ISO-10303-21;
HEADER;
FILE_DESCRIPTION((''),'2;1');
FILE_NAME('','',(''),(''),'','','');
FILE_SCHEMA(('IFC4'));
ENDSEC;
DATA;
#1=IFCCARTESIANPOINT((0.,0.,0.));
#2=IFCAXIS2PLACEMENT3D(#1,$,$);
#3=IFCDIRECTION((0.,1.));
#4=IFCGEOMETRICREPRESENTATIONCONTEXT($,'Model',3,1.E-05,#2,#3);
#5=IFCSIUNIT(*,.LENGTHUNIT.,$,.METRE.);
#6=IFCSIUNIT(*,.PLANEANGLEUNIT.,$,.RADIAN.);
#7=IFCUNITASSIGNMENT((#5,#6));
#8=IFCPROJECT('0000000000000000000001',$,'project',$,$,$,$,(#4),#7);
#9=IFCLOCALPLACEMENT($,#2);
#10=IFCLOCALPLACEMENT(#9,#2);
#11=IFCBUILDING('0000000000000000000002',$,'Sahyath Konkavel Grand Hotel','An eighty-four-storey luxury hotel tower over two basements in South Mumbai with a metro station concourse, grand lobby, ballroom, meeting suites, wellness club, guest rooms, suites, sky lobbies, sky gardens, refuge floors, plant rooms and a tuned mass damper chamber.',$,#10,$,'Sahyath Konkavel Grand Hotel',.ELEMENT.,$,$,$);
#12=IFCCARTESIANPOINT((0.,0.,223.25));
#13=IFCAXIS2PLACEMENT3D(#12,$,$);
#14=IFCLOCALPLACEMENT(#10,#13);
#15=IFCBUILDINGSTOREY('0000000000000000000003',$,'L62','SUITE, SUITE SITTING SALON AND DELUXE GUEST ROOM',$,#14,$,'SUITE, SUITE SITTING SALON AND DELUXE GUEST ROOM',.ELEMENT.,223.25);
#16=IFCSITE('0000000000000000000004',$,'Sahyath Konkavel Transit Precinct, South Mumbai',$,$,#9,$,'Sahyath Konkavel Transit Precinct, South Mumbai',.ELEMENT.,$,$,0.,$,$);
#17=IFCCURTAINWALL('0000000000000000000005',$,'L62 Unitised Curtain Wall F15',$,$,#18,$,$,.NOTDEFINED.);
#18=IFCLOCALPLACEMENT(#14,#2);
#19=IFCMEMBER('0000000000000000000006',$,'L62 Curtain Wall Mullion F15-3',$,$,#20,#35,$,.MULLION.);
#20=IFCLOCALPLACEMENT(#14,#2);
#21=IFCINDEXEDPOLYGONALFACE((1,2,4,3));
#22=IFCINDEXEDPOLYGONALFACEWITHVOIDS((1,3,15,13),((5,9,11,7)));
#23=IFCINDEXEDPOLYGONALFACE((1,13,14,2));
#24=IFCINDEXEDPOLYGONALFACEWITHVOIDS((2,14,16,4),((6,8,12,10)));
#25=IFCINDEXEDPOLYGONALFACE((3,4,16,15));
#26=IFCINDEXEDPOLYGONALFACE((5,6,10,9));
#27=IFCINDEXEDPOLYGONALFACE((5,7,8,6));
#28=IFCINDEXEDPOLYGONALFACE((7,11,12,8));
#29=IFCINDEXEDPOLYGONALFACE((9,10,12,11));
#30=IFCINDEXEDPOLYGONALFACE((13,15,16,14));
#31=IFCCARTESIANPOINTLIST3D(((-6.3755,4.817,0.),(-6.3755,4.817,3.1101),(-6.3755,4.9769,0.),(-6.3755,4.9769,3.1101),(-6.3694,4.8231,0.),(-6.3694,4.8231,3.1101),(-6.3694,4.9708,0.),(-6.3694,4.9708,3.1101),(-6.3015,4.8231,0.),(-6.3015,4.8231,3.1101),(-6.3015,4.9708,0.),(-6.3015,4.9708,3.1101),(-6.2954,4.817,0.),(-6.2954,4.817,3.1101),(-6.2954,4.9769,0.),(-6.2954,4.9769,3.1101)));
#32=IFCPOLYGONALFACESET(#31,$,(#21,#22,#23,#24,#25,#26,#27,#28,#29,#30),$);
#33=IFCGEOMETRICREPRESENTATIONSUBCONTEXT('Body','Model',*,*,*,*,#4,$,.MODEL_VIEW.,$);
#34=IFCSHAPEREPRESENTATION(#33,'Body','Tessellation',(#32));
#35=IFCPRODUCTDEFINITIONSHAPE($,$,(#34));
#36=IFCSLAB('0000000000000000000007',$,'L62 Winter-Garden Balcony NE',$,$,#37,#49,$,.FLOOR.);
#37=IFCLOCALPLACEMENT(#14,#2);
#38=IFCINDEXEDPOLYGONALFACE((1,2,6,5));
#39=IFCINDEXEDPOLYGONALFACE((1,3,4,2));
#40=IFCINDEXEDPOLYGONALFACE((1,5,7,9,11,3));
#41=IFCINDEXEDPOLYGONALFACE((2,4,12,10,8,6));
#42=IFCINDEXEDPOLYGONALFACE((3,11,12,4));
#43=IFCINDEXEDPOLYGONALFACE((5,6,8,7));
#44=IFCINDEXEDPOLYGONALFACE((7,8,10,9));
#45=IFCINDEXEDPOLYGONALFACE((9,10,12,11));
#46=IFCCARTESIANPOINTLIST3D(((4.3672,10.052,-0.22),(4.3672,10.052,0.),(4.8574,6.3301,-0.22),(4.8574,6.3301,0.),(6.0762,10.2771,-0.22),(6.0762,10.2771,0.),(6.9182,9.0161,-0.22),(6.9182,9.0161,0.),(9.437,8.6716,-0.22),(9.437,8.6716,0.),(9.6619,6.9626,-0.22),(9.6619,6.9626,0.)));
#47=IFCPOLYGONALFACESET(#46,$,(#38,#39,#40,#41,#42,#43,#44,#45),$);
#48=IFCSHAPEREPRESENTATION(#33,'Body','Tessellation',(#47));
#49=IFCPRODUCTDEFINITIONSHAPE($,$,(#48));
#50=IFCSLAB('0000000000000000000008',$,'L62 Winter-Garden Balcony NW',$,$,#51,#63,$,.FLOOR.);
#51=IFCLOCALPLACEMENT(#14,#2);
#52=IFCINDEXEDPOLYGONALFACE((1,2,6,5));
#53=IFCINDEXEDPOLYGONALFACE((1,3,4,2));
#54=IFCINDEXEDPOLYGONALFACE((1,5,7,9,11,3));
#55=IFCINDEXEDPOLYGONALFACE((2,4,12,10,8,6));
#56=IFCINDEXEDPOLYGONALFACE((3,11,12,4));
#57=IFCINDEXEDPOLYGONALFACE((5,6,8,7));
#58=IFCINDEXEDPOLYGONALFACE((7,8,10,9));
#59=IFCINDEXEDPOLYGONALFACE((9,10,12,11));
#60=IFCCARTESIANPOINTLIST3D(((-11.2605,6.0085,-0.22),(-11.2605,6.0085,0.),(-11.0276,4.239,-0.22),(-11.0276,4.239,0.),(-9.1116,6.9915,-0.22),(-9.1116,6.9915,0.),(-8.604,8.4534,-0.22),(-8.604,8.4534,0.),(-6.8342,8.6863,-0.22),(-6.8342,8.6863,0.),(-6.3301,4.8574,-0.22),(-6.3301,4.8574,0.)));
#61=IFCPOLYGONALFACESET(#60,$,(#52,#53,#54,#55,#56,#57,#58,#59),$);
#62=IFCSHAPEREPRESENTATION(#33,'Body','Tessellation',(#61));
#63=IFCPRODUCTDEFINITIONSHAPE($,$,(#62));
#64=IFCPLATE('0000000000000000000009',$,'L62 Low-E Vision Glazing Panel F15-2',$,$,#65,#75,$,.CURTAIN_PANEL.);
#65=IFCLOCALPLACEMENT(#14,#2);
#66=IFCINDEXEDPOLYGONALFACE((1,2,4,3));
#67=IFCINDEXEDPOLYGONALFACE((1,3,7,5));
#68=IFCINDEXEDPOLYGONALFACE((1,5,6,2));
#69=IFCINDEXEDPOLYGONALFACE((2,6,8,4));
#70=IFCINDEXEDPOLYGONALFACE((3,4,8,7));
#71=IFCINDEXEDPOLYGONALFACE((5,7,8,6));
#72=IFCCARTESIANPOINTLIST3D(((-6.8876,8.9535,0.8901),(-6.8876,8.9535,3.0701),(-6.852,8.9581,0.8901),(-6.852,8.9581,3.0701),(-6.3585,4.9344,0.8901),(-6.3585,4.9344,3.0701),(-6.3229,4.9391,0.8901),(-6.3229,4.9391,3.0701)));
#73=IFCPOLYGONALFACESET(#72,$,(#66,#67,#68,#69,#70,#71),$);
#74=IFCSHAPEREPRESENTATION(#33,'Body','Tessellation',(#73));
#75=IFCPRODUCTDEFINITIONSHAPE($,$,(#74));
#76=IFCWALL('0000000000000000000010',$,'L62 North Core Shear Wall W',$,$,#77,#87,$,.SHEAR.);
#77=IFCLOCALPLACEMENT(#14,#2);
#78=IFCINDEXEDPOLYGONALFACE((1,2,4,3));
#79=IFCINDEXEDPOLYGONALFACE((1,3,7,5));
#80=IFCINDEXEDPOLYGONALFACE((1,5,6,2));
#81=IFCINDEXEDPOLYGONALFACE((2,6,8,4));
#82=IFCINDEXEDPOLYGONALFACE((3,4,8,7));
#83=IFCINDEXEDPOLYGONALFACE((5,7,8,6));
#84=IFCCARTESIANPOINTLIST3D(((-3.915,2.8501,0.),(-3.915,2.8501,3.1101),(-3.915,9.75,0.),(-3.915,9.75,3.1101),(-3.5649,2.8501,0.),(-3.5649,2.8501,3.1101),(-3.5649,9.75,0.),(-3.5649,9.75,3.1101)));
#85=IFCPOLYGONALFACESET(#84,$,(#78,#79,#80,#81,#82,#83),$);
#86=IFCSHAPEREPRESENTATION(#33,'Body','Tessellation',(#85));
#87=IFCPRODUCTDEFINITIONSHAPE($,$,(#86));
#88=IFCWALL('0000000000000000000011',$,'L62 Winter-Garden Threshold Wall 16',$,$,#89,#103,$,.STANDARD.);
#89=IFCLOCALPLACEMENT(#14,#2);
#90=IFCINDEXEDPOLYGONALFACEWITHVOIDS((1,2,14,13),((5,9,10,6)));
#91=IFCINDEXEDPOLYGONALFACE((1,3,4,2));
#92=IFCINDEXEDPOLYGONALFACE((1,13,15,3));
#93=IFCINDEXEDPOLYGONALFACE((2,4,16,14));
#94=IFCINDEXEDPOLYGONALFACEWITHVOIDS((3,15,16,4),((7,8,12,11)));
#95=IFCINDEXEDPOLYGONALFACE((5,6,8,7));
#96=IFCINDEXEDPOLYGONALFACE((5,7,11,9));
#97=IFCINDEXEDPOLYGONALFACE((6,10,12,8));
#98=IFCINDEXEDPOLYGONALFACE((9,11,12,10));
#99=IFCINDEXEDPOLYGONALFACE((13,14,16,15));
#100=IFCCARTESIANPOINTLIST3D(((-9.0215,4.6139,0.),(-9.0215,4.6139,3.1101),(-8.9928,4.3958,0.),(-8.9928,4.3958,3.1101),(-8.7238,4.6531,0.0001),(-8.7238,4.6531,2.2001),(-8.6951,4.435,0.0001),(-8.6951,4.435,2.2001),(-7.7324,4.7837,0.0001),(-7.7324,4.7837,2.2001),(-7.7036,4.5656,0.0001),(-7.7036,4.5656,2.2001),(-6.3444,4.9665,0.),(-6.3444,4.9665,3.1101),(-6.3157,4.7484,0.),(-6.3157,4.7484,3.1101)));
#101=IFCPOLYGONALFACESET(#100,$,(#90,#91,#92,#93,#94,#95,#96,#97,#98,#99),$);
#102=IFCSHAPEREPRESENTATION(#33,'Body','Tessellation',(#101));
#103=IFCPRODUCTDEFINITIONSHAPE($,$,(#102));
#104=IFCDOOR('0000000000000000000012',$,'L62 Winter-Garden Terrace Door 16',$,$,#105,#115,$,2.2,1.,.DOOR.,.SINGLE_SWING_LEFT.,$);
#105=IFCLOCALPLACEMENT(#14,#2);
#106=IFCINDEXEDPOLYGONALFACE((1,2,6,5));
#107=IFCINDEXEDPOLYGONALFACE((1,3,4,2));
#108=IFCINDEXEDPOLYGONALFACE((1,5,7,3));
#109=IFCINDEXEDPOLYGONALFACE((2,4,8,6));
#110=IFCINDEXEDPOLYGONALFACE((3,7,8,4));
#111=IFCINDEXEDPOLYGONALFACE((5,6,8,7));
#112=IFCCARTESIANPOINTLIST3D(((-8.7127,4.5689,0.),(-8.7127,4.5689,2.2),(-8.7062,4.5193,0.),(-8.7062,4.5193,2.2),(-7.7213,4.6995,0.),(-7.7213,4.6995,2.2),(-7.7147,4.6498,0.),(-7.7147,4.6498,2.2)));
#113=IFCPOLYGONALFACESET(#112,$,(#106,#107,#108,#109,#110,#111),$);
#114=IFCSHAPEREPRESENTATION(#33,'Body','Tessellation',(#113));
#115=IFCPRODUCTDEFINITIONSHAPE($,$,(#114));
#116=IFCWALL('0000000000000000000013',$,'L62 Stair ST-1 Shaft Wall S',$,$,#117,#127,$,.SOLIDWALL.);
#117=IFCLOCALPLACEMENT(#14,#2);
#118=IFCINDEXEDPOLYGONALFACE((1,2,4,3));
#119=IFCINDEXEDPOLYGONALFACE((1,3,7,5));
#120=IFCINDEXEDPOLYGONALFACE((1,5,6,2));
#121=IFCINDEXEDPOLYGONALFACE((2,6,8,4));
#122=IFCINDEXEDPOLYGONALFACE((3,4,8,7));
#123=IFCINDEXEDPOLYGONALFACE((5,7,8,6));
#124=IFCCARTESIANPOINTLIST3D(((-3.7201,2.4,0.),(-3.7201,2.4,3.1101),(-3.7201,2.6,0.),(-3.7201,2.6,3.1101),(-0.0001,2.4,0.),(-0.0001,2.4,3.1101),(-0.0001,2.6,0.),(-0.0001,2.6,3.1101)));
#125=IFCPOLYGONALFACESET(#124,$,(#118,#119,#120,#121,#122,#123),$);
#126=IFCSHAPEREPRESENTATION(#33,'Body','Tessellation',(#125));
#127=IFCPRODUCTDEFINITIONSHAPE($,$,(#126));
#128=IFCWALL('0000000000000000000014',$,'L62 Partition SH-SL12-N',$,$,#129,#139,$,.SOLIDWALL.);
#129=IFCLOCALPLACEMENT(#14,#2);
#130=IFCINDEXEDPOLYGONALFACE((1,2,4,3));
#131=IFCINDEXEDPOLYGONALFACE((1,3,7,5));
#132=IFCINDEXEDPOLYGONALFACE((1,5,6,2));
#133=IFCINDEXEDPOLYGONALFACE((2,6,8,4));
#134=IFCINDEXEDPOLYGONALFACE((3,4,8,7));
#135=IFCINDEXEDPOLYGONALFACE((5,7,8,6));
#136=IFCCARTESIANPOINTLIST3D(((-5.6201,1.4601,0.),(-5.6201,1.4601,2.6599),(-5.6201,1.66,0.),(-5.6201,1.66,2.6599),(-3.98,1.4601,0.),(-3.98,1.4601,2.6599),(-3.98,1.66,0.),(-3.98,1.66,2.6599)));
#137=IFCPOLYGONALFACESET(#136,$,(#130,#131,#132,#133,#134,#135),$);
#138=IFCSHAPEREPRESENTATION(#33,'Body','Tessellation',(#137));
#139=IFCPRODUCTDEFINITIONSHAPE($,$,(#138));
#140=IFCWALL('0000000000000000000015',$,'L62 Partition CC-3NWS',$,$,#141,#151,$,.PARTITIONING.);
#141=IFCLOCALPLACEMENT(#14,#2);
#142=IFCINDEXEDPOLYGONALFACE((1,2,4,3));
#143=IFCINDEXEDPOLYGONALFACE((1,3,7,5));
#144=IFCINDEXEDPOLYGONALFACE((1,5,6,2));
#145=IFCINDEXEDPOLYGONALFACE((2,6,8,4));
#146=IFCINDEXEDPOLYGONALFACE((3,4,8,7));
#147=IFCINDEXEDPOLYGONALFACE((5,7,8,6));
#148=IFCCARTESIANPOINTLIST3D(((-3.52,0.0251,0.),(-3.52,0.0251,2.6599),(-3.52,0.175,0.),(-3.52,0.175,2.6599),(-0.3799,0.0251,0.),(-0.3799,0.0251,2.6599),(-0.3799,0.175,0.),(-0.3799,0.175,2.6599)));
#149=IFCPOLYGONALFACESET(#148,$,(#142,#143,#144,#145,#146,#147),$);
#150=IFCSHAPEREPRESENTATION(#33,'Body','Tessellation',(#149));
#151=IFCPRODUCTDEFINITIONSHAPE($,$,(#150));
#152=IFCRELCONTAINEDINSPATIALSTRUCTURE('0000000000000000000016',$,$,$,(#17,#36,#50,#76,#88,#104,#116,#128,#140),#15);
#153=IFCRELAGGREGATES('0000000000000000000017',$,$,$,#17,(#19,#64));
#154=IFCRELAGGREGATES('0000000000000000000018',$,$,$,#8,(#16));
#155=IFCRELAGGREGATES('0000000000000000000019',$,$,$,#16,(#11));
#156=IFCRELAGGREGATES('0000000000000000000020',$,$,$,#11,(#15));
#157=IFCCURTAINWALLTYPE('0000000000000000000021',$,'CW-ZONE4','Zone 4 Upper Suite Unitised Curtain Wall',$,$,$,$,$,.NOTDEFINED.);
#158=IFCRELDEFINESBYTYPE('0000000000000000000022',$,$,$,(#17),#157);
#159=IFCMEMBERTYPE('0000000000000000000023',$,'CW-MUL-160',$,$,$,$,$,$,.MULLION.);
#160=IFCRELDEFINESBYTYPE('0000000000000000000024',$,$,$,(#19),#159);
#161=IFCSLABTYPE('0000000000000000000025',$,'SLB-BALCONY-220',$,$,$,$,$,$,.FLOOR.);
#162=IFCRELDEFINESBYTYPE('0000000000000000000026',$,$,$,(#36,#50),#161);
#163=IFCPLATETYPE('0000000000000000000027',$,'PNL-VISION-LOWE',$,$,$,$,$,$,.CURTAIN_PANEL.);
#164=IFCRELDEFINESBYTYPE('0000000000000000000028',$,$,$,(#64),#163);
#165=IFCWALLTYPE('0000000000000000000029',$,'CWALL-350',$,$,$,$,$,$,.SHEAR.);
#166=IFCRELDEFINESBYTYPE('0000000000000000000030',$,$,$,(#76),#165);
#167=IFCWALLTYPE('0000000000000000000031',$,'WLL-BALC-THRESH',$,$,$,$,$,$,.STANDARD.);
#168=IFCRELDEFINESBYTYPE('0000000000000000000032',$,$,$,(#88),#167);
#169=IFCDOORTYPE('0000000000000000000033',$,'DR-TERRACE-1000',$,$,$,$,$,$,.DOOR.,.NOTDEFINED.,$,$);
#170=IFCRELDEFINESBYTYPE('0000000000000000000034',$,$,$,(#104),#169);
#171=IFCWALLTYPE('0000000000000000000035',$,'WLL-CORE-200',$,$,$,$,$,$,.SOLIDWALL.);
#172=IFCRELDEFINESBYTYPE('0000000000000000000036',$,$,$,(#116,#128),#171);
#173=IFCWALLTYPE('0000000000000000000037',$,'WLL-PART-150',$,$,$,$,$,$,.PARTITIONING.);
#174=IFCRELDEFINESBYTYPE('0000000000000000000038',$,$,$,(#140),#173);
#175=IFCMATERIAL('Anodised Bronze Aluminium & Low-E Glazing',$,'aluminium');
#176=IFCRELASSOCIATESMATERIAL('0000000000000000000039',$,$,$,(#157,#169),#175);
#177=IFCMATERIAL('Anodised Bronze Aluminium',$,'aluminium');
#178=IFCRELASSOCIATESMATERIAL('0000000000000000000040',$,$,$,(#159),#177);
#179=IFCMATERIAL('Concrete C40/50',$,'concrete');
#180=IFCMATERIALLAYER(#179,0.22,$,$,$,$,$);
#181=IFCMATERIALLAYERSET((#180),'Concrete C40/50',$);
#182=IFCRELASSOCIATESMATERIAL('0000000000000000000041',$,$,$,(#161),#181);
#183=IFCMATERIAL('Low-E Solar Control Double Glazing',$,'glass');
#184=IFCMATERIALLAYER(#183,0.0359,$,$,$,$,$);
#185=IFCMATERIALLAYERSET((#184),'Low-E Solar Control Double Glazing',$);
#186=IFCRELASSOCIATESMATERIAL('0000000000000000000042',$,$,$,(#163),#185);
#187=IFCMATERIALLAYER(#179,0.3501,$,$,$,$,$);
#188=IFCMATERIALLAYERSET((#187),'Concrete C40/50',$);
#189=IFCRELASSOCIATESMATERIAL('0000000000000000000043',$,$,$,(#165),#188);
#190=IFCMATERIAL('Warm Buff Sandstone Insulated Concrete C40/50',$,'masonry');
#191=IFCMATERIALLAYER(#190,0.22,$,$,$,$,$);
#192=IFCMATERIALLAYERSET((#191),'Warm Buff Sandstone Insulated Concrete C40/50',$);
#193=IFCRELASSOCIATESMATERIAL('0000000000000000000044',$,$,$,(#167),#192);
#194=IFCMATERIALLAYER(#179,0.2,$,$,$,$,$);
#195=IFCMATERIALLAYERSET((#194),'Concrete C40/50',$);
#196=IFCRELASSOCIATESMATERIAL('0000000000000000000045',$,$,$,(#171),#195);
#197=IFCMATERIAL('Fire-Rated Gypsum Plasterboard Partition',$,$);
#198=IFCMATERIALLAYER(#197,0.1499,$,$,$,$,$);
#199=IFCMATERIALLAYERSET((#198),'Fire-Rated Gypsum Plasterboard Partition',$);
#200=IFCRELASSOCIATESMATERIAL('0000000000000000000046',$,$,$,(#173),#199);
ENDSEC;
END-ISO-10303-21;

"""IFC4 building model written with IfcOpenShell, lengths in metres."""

from ifc_helpers import new_model, si_unit, direction, frame, frame_2d, origin, origin_2d, place, context, subcontext, project, spatial, polyline, rectangle, hollow_rectangle, outline, extrude, source, transform, mapped, material, layer, layer_set, material_profile, profile_set, type_object, element, fill, aggregate, save


model = new_model("IFC4")

# Units and contexts
model_context = context("Model", 3, precision=1e-05, world=origin(), true_north=direction((0.0, 1.0)))
body_context = subcontext(model_context, "Body", "Model", "MODEL_VIEW")
ifc_project = project(units=[si_unit("LENGTHUNIT", "METRE"), si_unit("PLANEANGLEUNIT", "RADIAN")], contexts=[model_context])

# Site, building, storey
site_placement = place(None, origin())
site = spatial("IfcSite", under=ifc_project, at=site_placement, Name="Sahyath Konkavel Transit Precinct, South Mumbai", LongName="Sahyath Konkavel Transit Precinct, South Mumbai", CompositionType="ELEMENT", RefElevation=0.0)
building_placement = place(site_placement, origin())
building = spatial("IfcBuilding", under=site, at=building_placement, Name="Sahyath Konkavel Grand Hotel", Description="An eighty-four-storey luxury hotel tower over two basements in South Mumbai with a metro station concourse, grand lobby, ballroom, meeting suites, wellness club, guest rooms, suites, sky lobbies, sky gardens, refuge floors, plant rooms and a tuned mass damper chamber.", LongName="Sahyath Konkavel Grand Hotel", CompositionType="ELEMENT")
storey_placement = place(building_placement, frame((0.0, 0.0, 223.25)))
storey = spatial("IfcBuildingStorey", under=building, at=storey_placement, Name="L62", Description="SUITE, SUITE SITTING SALON AND DELUXE GUEST ROOM", LongName="SUITE, SUITE SITTING SALON AND DELUXE GUEST ROOM", CompositionType="ELEMENT", Elevation=223.25)

# Shared definitions
ifc_material_1 = material(Name="Concrete C40/50", Category="concrete")

# Curtain wall, member
ifc_material_2 = material(Name="Anodised Bronze Aluminium & Low-E Glazing", Category="aluminium")
curtain_wall_type = type_object("IfcCurtainWallType", Name="CW-ZONE4", Description="Zone 4 Upper Suite Unitised Curtain Wall", PredefinedType="NOTDEFINED", material=ifc_material_2)
curtain_wall_placement = place(storey_placement, origin())
curtain_wall = element("IfcCurtainWall", 1, at=curtain_wall_placement, inside=storey, type_object=curtain_wall_type, Name="L62 Unitised Curtain Wall F15", PredefinedType="NOTDEFINED")
ifc_material_3 = material(Name="Anodised Bronze Aluminium", Category="aluminium")
ifc_material_profile_1 = material_profile(ifc_material_3, hollow_rectangle(XDim=0.0801, YDim=0.1599, WallThickness=0.0061, at=origin_2d()), Name="RHS 160x80x6")
ifc_profile_set_1 = profile_set([ifc_material_profile_1], Name="Anodised Bronze Aluminium")
member_type = type_object("IfcMemberType", Name="CW-MUL-160", PredefinedType="MULLION", material=ifc_profile_set_1)
shared_shape_1 = source(origin(), body_context, "Body", "SweptSolid", [
    extrude(hollow_rectangle(XDim=0.0801, YDim=0.1599, WallThickness=0.0061, at=origin_2d()), origin(), (0.0, 0.0, 1.0), 3.1101),
])
member_placement = place(storey_placement, frame((-6.3354, 4.897, 0.0), z_axis=(0.0, 0.0, 1.0), x_axis=(1.0, 0.0, 0.0)))
member = element("IfcMember", 2, at=member_placement, type_object=member_type, Name="L62 Curtain Wall Mullion F15-3", PredefinedType="MULLION", context=body_context, shape_type="MappedRepresentation", body=[
    mapped(shared_shape_1, transform((0.0, 0.0, 0.0), scale=1.0)),
])

# Slabs
ifc_layer_1 = layer(ifc_material_1, 0.22)
ifc_layer_set_1 = layer_set([ifc_layer_1], Name="Concrete C40/50")
slab_type = type_object("IfcSlabType", Name="SLB-BALCONY-220", PredefinedType="FLOOR", material=ifc_layer_set_1)
slab_1_placement = place(storey_placement, frame((0.0, 0.0, -0.22)))
element("IfcSlab", 3, at=slab_1_placement, inside=storey, type_object=slab_type, Name="L62 Winter-Garden Balcony NE", PredefinedType="FLOOR", context=body_context, shape_type="SweptSolid", body=[
    extrude(outline(polyline([(4.8574, 6.3301), (9.6619, 6.9626), (9.437, 8.6716), (6.9182, 9.0161), (6.0762, 10.2771), (4.3672, 10.052), (4.8574, 6.3301)])), origin(), (0.0, 0.0, 1.0), 0.22),
])
slab_2_placement = place(storey_placement, frame((0.0, 0.0, -0.22)))
element("IfcSlab", 4, at=slab_2_placement, inside=storey, type_object=slab_type, Name="L62 Winter-Garden Balcony NW", PredefinedType="FLOOR", context=body_context, shape_type="SweptSolid", body=[
    extrude(outline(polyline([(-6.3301, 4.8574), (-6.8342, 8.6863), (-8.604, 8.4534), (-9.1116, 6.9915), (-11.2605, 6.0085), (-11.0276, 4.239), (-6.3301, 4.8574)])), origin(), (0.0, 0.0, 1.0), 0.22),
])

# Plate
ifc_material_4 = material(Name="Low-E Solar Control Double Glazing", Category="glass")
ifc_layer_2 = layer(ifc_material_4, 0.0359)
ifc_layer_set_2 = layer_set([ifc_layer_2], Name="Low-E Solar Control Double Glazing")
plate_type = type_object("IfcPlateType", Name="PNL-VISION-LOWE", PredefinedType="CURTAIN_PANEL", material=ifc_layer_set_2)
shared_shape_2 = source(origin(), body_context, "Body", "SweptSolid", [
    extrude(rectangle(XDim=4.0537, YDim=0.0359, at=origin_2d()), origin(), (0.0, 0.0, 1.0), 2.1799),
])
plate_placement = place(storey_placement, frame((-6.6052, 6.9463, 0.8901), z_axis=(0.0, 0.0, 1.0), x_axis=(0.130526, -0.991445, 0.0)))
plate = element("IfcPlate", 5, at=plate_placement, type_object=plate_type, Name="L62 Low-E Vision Glazing Panel F15-2", PredefinedType="CURTAIN_PANEL", context=body_context, shape_type="MappedRepresentation", body=[
    mapped(shared_shape_2, transform((0.0, 0.0, 0.0), scale=1.0)),
])
aggregate(curtain_wall, [member, plate])

# Wall
ifc_layer_3 = layer(ifc_material_1, 0.3501)
ifc_layer_set_3 = layer_set([ifc_layer_3], Name="Concrete C40/50")
wall_type_1 = type_object("IfcWallType", Name="CWALL-350", PredefinedType="SHEAR", material=ifc_layer_set_3)
wall_1_placement = place(storey_placement, frame((-3.74, 2.8501, 0.0), z_axis=(0.0, 0.0, 1.0), x_axis=(0.0, 1.0, 0.0)))
element("IfcWall", 6, at=wall_1_placement, inside=storey, type_object=wall_type_1, Name="L62 North Core Shear Wall W", PredefinedType="SHEAR", context=body_context, shape_type="SweptSolid", body=[
    extrude(rectangle(XDim=6.8999, YDim=0.3501, at=frame_2d((3.45, 0.0))), origin(), (0.0, 0.0, 1.0), 3.1101),
])

# Wall, opening, door
ifc_material_5 = material(Name="Warm Buff Sandstone Insulated Concrete C40/50", Category="masonry")
ifc_layer_4 = layer(ifc_material_5, 0.22)
ifc_layer_set_4 = layer_set([ifc_layer_4], Name="Warm Buff Sandstone Insulated Concrete C40/50")
wall_type_2 = type_object("IfcWallType", Name="WLL-BALC-THRESH", PredefinedType="STANDARD", material=ifc_layer_set_4)
wall_2_placement = place(storey_placement, frame((-6.3301, 4.8574, 0.0), z_axis=(0.0, 0.0, 1.0), x_axis=(-0.99144, -0.130564, 0.0)))
wall_2 = element("IfcWall", 7, at=wall_2_placement, inside=storey, type_object=wall_type_2, Name="L62 Winter-Garden Threshold Wall 16", PredefinedType="STANDARD", context=body_context, shape_type="SweptSolid", body=[
    extrude(rectangle(XDim=2.7002, YDim=0.22, at=frame_2d((1.3501, 0.0))), origin(), (0.0, 0.0, 1.0), 3.1101),
])
opening_1_placement = place(wall_2_placement, frame((1.3999, 0.0, 0.0)))
opening_1 = element("IfcOpeningElement", 8, at=opening_1_placement, cuts=wall_2, PredefinedType="OPENING", context=body_context, shape_type="SweptSolid", body=[
    extrude(rectangle(XDim=1.0, YDim=2.2, at=frame_2d((0.5, 1.1001))), frame((0.0, 0.1201, 0.0), z_axis=(0.0, -1.0, 0.0), x_axis=(1.0, 0.0, 0.0)), (0.0, 0.0, 1.0), 0.24),
])
door_type_1 = type_object("IfcDoorType", Name="DR-TERRACE-1000", OperationType="NOTDEFINED", PredefinedType="DOOR", material=ifc_material_2)
shared_shape_3 = source(origin(), body_context, "Body", "SweptSolid", [
    extrude(rectangle(XDim=1.0, YDim=0.05, at=origin_2d()), origin(), (0.0, 0.0, 1.0), 2.2),
])
door_1_placement = place(opening_1_placement, frame((0.5, 0.0, 0.0)))
door_1 = element("IfcDoor", 9, at=door_1_placement, inside=storey, type_object=door_type_1, Name="L62 Winter-Garden Terrace Door 16", OperationType="SINGLE_SWING_LEFT", OverallHeight=2.2, OverallWidth=1.0, PredefinedType="DOOR", context=body_context, shape_type="MappedRepresentation", body=[
    mapped(shared_shape_3, transform((0.0, 0.0, 0.0), scale=1.0)),
])
fill(opening_1, door_1)

# Walls
ifc_layer_5 = layer(ifc_material_1, 0.2)
ifc_layer_set_5 = layer_set([ifc_layer_5], Name="Concrete C40/50")
wall_type_3 = type_object("IfcWallType", Name="WLL-CORE-200", PredefinedType="SOLIDWALL", material=ifc_layer_set_5)
wall_3_placement = place(storey_placement, frame((-3.72, 2.5, 0.0), z_axis=(0.0, 0.0, 1.0), x_axis=(1.0, 0.0, 0.0)))
element("IfcWall", 10, at=wall_3_placement, inside=storey, type_object=wall_type_3, Name="L62 Stair ST-1 Shaft Wall S", PredefinedType="SOLIDWALL", context=body_context, shape_type="SweptSolid", body=[
    extrude(rectangle(XDim=3.72, YDim=0.2, at=frame_2d((1.8599, 0.0))), origin(), (0.0, 0.0, 1.0), 3.1101),
])
wall_4_placement = place(storey_placement, frame((-5.6201, 1.5601, 0.0), z_axis=(0.0, 0.0, 1.0), x_axis=(1.0, 0.0, 0.0)))
element("IfcWall", 11, at=wall_4_placement, inside=storey, type_object=wall_type_3, Name="L62 Partition SH-SL12-N", PredefinedType="SOLIDWALL", context=body_context, shape_type="SweptSolid", body=[
    extrude(rectangle(XDim=1.6401, YDim=0.2, at=frame_2d((0.8201, 0.0))), origin(), (0.0, 0.0, 1.0), 2.6599),
])
ifc_material_6 = material(Name="Fire-Rated Gypsum Plasterboard Partition")
ifc_layer_6 = layer(ifc_material_6, 0.1499)
ifc_layer_set_6 = layer_set([ifc_layer_6], Name="Fire-Rated Gypsum Plasterboard Partition")
wall_type_4 = type_object("IfcWallType", Name="WLL-PART-150", PredefinedType="PARTITIONING", material=ifc_layer_set_6)
wall_5_placement = place(storey_placement, frame((-3.52, 0.1001, 0.0), z_axis=(0.0, 0.0, 1.0), x_axis=(1.0, 0.0, 0.0)))
element("IfcWall", 12, at=wall_5_placement, inside=storey, type_object=wall_type_4, Name="L62 Partition CC-3NWS", PredefinedType="PARTITIONING", context=body_context, shape_type="SweptSolid", body=[
    extrude(rectangle(XDim=3.1401, YDim=0.1499, at=frame_2d((1.5701, 0.0))), origin(), (0.0, 0.0, 1.0), 2.6599),
])

save(model, "model.ifc")
